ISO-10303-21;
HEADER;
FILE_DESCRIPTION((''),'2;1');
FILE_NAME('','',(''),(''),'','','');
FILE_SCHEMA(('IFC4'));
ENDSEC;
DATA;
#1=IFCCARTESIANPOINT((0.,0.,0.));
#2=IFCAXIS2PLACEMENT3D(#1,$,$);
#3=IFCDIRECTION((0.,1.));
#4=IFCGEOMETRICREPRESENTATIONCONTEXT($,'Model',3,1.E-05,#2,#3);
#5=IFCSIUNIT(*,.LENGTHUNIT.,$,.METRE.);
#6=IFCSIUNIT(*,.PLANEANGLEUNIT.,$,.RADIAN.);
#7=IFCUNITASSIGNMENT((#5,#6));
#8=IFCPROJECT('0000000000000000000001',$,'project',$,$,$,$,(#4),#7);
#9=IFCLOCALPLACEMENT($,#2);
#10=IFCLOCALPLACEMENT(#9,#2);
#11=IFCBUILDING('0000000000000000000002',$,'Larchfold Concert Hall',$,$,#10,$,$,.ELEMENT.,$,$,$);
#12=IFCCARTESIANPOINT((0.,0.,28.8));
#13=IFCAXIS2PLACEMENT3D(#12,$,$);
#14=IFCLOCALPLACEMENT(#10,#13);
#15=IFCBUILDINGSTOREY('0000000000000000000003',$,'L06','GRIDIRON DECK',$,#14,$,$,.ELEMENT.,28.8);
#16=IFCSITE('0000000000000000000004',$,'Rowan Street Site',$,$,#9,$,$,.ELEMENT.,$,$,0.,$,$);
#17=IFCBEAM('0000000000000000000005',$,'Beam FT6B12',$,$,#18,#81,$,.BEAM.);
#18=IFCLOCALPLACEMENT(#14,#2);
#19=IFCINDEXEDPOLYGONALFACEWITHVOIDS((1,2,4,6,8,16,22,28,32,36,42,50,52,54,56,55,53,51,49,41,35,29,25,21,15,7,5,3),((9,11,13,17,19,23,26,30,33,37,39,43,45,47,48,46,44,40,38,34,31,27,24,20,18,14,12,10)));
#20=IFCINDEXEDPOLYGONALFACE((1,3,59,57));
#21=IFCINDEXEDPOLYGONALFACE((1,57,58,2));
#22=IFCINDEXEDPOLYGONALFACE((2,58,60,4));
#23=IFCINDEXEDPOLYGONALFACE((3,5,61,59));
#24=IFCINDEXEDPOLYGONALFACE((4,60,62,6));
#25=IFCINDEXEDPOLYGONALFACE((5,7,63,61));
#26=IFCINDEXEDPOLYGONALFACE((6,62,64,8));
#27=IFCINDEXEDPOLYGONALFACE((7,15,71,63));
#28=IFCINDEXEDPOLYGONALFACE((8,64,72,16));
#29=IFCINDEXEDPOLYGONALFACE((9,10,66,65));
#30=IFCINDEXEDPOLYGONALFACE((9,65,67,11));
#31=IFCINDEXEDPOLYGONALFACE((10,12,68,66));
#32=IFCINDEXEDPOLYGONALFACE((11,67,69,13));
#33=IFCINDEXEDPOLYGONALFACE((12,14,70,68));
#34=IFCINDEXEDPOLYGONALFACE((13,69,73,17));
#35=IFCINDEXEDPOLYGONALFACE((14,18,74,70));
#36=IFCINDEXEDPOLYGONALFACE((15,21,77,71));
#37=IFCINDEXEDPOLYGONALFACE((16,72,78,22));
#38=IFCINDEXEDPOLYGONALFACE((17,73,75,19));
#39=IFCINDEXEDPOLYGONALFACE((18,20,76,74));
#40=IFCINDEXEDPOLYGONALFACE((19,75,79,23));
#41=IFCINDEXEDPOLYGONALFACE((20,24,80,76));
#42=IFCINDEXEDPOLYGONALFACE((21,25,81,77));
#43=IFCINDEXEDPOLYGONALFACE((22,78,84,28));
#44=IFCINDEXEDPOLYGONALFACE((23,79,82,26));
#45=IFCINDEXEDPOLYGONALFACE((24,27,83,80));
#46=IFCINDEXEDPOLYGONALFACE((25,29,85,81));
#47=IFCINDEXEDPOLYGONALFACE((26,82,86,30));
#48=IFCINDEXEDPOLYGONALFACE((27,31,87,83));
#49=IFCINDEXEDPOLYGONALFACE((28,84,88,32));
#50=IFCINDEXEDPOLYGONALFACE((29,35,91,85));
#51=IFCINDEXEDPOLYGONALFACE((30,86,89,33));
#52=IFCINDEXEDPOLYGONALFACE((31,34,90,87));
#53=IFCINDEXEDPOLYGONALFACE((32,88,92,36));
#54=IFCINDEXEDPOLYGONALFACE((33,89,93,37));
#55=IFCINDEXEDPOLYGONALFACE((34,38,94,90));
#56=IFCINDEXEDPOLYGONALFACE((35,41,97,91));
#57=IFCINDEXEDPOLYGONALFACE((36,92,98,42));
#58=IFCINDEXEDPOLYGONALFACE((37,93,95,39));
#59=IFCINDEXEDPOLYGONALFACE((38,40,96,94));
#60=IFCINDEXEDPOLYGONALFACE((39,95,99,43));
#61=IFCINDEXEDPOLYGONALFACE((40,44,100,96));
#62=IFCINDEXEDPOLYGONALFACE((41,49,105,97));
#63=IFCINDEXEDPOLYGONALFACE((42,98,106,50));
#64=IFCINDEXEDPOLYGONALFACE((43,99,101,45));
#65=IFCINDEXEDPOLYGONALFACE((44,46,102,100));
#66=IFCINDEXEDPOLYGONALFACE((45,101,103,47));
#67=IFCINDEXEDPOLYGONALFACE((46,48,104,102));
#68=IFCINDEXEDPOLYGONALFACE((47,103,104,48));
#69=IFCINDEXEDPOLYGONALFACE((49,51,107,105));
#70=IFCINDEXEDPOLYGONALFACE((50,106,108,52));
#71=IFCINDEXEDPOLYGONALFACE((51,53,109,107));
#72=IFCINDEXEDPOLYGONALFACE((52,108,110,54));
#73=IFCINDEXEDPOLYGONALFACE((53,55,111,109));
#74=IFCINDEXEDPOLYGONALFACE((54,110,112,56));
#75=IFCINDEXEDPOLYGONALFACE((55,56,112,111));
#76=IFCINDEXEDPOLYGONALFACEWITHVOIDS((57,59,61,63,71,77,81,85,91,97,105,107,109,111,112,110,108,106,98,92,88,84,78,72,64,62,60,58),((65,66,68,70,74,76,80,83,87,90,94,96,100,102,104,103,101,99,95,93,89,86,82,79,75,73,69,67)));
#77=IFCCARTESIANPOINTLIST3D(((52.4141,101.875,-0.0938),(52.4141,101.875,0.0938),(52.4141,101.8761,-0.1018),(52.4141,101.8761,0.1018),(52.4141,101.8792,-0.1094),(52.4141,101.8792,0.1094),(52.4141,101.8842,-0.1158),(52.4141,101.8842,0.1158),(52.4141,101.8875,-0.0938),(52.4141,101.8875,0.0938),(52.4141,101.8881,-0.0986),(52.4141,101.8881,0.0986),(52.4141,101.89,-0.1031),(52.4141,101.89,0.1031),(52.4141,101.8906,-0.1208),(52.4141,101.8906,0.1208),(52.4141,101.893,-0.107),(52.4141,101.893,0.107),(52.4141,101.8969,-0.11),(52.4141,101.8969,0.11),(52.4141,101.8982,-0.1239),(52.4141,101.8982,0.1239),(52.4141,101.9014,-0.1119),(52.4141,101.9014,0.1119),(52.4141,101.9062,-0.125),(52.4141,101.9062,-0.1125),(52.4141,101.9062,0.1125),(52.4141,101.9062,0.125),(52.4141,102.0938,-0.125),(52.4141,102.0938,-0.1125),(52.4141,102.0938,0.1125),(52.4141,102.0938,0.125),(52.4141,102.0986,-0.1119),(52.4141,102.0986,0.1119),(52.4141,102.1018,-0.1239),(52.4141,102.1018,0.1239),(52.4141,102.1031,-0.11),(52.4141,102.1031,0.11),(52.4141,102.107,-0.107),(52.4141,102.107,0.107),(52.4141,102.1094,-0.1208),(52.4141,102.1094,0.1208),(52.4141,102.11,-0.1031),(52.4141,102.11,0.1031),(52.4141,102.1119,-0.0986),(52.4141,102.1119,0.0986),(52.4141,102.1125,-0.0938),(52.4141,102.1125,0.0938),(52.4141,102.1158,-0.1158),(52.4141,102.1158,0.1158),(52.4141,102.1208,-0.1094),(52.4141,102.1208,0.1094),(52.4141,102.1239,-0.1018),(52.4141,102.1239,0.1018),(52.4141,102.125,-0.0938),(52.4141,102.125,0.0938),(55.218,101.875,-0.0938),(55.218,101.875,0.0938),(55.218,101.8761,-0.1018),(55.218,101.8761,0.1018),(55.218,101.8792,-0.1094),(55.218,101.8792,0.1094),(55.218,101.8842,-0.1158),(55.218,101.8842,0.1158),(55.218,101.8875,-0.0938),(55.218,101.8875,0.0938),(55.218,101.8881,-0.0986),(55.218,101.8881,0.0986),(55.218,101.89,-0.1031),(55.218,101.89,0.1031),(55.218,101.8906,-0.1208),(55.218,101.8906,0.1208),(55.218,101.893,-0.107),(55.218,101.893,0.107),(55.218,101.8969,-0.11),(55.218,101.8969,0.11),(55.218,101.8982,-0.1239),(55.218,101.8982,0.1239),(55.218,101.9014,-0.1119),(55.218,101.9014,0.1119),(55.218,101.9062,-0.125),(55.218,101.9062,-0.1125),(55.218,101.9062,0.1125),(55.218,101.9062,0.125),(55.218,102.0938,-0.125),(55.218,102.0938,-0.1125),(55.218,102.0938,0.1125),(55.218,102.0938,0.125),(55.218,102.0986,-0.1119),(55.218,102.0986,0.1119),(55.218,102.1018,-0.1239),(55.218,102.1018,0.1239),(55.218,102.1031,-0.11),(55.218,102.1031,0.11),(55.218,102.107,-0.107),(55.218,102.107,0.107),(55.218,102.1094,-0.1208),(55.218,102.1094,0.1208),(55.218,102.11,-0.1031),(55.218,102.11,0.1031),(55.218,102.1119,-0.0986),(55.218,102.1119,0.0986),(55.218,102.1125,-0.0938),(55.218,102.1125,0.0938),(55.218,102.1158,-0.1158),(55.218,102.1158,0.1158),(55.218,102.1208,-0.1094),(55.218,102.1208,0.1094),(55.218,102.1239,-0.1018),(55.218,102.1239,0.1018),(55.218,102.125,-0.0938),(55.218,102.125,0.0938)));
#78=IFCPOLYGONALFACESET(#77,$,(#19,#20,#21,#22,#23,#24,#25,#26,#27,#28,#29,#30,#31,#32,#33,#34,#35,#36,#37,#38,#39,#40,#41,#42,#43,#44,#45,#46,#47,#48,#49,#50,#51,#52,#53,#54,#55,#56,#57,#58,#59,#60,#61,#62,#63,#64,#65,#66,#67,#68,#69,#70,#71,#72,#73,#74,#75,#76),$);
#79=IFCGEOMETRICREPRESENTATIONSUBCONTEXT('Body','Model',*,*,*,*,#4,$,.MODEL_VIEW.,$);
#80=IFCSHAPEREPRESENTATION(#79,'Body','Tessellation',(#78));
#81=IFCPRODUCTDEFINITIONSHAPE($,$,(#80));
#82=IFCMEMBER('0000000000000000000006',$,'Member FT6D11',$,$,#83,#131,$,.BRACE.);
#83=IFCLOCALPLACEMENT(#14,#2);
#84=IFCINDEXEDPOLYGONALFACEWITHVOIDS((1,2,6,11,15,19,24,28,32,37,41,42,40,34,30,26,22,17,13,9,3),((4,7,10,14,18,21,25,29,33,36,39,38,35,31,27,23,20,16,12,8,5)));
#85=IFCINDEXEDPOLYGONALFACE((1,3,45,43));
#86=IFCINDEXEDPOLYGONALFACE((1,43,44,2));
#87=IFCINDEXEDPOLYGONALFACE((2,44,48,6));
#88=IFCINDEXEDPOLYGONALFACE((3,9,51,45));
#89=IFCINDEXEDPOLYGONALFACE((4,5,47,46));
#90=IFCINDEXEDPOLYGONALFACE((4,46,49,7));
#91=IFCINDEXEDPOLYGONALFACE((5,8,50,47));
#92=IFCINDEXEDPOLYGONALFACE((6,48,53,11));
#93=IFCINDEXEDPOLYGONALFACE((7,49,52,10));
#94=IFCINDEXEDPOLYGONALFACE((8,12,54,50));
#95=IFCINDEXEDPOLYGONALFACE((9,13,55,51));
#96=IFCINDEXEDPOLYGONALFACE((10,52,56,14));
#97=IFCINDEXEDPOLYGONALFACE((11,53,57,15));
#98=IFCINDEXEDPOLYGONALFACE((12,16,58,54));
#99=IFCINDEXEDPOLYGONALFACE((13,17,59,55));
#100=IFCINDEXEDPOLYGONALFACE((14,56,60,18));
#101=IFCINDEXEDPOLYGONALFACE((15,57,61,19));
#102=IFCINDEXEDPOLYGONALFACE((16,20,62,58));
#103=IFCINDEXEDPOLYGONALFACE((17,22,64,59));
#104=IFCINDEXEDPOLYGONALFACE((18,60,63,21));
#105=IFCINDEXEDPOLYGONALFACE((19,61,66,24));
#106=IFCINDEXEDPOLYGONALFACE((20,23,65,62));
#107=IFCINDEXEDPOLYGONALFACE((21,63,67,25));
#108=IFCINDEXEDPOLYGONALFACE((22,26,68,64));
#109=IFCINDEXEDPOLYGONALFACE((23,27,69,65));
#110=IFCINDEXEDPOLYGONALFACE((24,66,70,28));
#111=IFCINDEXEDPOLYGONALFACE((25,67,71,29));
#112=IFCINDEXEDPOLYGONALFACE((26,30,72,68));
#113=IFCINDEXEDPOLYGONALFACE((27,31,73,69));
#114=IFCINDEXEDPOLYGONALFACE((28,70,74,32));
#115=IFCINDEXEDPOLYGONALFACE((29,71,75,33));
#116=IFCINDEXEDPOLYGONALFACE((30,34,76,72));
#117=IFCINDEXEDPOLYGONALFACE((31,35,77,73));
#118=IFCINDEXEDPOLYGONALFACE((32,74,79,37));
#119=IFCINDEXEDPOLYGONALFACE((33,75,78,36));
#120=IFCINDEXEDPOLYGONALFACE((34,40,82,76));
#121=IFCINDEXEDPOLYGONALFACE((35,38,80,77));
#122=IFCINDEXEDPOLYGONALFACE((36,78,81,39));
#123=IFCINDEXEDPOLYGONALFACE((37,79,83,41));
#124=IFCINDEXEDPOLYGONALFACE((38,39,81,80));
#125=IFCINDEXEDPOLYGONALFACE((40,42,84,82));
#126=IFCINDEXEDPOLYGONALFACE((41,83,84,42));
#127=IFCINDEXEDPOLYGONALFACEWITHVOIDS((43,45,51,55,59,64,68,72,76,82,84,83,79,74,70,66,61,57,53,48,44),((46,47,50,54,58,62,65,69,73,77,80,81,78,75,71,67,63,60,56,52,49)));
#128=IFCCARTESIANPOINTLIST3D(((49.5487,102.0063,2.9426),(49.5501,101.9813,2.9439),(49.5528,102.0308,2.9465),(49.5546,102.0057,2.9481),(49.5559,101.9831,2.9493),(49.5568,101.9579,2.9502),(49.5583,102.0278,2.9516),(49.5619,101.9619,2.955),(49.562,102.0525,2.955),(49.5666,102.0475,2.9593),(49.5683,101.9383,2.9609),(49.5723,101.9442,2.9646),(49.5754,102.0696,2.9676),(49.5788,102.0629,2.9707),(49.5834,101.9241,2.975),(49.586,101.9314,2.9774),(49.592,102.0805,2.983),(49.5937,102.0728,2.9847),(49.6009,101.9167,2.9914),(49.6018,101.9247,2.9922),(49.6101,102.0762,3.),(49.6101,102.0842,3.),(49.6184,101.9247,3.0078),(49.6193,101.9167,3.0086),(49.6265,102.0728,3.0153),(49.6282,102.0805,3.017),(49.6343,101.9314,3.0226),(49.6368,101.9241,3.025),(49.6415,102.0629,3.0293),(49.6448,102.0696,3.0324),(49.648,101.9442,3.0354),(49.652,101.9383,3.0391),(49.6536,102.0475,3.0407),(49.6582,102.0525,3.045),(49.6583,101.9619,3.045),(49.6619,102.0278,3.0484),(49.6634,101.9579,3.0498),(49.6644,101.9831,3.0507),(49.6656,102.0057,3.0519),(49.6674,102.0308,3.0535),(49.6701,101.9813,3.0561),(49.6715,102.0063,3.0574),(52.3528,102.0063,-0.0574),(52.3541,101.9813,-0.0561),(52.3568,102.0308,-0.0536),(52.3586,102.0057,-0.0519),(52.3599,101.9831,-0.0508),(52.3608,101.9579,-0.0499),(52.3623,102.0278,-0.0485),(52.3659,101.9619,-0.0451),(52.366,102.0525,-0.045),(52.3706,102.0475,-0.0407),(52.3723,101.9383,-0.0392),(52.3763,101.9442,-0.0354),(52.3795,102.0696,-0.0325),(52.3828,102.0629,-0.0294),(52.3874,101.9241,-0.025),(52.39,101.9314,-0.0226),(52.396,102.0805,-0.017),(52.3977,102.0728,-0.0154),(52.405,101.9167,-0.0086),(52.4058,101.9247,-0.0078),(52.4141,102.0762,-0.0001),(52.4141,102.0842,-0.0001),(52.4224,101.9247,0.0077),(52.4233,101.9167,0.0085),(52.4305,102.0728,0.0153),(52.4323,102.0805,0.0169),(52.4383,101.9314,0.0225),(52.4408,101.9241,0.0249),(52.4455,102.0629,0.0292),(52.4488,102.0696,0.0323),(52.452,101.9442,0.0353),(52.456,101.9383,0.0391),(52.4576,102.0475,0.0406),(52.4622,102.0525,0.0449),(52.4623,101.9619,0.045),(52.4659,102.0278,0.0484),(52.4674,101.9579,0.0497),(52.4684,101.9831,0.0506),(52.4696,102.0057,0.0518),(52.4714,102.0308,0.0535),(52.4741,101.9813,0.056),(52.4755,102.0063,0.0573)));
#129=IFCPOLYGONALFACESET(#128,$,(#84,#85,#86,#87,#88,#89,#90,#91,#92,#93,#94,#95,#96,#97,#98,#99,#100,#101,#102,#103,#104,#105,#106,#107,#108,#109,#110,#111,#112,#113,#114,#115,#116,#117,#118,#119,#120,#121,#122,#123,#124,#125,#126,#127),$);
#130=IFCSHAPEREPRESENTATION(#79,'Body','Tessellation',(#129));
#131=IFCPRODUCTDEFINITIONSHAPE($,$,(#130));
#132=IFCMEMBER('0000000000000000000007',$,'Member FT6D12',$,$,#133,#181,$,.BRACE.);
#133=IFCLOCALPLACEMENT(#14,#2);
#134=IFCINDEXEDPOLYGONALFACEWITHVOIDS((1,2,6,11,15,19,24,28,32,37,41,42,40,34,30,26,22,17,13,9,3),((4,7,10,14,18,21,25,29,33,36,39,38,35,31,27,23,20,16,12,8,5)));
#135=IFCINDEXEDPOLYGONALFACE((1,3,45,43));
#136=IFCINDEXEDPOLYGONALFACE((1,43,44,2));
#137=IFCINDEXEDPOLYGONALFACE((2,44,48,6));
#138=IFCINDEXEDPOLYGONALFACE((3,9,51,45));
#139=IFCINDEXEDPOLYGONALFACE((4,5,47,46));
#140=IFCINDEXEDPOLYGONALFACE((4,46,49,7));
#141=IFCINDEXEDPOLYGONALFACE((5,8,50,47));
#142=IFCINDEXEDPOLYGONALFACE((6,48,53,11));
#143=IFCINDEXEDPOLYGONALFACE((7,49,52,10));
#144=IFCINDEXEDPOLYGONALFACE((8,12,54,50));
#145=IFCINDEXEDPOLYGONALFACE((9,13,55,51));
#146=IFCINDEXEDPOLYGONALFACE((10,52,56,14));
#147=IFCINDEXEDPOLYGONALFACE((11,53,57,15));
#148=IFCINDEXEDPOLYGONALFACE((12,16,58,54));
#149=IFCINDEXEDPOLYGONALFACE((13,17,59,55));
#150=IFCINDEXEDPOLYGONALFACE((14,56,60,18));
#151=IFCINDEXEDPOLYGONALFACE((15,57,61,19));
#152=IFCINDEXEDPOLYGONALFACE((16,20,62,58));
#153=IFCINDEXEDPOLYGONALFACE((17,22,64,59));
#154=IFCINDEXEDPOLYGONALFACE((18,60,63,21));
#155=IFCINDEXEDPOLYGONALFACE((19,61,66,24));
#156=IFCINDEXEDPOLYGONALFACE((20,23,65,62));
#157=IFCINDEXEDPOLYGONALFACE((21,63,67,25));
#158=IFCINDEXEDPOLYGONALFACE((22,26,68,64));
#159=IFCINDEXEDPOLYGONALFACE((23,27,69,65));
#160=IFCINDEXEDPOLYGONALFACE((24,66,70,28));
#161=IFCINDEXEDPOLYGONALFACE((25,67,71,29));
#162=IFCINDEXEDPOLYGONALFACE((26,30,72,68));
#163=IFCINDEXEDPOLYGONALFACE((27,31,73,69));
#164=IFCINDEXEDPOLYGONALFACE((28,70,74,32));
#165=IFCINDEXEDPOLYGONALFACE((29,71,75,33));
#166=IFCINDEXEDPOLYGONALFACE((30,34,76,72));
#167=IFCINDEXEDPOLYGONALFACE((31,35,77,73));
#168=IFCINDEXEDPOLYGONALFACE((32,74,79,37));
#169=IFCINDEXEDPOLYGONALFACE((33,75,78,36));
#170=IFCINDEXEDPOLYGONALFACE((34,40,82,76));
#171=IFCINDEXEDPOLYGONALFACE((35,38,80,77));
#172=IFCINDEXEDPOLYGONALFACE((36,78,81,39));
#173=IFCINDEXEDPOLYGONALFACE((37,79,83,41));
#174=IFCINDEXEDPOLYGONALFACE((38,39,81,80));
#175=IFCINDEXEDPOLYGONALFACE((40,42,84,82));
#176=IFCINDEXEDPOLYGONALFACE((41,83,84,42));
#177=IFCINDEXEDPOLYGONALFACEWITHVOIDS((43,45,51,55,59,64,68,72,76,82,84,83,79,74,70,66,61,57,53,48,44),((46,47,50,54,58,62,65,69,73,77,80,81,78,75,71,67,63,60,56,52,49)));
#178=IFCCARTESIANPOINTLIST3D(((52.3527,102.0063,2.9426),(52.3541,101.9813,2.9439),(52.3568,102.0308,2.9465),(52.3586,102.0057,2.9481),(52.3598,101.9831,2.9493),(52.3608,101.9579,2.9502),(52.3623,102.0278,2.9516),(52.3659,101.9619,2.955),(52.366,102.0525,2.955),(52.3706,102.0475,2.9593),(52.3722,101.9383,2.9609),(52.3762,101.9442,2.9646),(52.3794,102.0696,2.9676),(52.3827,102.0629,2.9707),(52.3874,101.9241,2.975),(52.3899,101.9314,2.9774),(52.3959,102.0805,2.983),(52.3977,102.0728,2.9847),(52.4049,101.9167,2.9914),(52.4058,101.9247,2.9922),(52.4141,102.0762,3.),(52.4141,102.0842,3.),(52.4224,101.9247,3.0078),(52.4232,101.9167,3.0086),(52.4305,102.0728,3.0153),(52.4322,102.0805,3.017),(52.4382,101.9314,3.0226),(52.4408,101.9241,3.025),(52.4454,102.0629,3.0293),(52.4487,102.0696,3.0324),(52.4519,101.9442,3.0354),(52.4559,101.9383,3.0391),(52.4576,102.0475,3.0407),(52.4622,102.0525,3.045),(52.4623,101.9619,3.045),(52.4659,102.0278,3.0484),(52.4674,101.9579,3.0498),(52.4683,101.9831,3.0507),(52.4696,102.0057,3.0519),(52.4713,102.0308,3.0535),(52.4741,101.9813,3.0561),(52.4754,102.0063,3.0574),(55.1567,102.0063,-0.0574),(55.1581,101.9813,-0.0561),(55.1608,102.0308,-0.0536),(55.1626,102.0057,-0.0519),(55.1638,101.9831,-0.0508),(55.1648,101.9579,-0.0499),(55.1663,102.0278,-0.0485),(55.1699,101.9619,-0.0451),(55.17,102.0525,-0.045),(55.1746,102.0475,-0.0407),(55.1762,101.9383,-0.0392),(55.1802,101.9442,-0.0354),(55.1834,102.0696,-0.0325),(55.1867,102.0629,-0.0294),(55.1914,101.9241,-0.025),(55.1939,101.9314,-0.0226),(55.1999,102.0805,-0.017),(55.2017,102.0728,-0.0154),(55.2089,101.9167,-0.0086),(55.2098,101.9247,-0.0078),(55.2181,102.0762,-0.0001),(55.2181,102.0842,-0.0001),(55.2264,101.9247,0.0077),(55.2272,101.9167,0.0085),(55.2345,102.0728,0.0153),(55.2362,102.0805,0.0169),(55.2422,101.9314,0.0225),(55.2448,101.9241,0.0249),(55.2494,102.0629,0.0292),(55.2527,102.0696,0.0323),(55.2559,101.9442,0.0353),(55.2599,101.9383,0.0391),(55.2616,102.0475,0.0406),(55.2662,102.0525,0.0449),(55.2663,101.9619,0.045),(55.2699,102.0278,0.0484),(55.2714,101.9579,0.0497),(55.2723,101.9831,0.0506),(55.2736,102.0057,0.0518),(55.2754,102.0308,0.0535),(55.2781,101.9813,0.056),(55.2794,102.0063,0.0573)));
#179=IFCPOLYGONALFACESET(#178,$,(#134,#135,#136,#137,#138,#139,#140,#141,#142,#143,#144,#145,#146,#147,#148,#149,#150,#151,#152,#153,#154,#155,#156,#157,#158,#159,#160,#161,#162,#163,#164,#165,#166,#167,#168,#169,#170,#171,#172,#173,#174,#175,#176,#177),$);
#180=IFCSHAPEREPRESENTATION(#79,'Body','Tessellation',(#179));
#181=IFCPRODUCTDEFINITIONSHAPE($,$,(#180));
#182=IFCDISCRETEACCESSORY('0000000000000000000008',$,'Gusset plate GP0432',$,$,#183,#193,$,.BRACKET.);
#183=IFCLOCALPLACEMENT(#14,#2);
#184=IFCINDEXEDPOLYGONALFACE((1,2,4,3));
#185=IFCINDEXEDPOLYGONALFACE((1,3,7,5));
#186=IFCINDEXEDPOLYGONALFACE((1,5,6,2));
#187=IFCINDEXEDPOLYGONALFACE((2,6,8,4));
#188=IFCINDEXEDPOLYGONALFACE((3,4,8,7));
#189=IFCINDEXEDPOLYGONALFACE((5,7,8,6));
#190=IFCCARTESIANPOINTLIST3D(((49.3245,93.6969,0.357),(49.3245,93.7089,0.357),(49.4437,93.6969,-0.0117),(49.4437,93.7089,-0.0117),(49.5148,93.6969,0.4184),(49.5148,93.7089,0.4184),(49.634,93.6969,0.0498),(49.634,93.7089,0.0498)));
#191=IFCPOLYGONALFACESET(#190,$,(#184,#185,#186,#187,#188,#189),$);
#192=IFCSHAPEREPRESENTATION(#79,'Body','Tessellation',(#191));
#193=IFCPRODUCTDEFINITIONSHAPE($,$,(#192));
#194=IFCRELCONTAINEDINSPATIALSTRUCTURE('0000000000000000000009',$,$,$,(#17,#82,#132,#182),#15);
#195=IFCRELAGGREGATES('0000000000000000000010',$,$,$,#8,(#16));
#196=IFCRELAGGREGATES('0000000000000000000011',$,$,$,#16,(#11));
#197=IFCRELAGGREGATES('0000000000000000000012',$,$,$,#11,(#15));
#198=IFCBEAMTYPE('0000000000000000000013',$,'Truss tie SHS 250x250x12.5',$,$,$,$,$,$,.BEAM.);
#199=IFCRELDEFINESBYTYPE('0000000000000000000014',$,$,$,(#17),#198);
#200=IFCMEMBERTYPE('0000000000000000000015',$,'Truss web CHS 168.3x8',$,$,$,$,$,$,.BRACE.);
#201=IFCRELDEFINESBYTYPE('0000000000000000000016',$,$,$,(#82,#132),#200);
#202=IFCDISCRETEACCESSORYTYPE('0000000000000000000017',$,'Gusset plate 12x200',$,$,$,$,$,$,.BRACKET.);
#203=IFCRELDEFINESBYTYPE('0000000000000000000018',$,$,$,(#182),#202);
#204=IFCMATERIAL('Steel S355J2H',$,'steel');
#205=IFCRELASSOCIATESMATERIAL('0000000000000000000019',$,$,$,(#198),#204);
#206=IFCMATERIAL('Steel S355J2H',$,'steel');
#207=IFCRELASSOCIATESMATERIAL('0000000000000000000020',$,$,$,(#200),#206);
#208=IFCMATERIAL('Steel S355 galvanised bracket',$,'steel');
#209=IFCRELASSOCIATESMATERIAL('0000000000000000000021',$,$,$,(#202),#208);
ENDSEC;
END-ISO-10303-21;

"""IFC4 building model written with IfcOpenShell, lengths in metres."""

from ifc_helpers import new_model, si_unit, direction, frame, origin, origin_2d, place, context, subcontext, project, spatial, rectangle, hollow_rectangle, hollow_circle, extrude, material, material_profile, profile_set, type_object, element, save


model = new_model("IFC4")

# Units and contexts
model_context = context("Model", 3, precision=1e-05, world=origin(), true_north=direction((0.0, 1.0)))
body_context = subcontext(model_context, "Body", "Model", "MODEL_VIEW")
ifc_project = project(units=[si_unit("LENGTHUNIT", "METRE"), si_unit("PLANEANGLEUNIT", "RADIAN")], contexts=[model_context])

# Site, building, storey
site_placement = place(None, origin())
site = spatial("IfcSite", under=ifc_project, at=site_placement, Name="Rowan Street Site", CompositionType="ELEMENT", RefElevation=0.0)
building_placement = place(site_placement, origin())
building = spatial("IfcBuilding", under=site, at=building_placement, Name="Larchfold Concert Hall", CompositionType="ELEMENT")
storey_placement = place(building_placement, frame((0.0, 0.0, 28.8)))
storey = spatial("IfcBuildingStorey", under=building, at=storey_placement, Name="L06", Description="GRIDIRON DECK", CompositionType="ELEMENT", Elevation=28.8)

# Beam
ifc_material_1 = material(Name="Steel S355J2H", Category="steel")
ifc_material_profile_1 = material_profile(ifc_material_1, hollow_rectangle(XDim=0.25, YDim=0.25, WallThickness=0.0125, InnerFilletRadius=0.0188, OuterFilletRadius=0.0312, at=origin_2d()))
ifc_profile_set_1 = profile_set([ifc_material_profile_1], Name="Steel S355J2H")
beam_type_1 = type_object("IfcBeamType", Name="Truss tie SHS 250x250x12.5", PredefinedType="BEAM", material=ifc_profile_set_1)
for number, where, z_axis, x_axis, name in (
    (1, (52.4141, 102.0, 0.0), (1.0, 0.0, 0.0), (0.0, 1.0, 0.0), "Beam FT6B12"),
):
    element("IfcBeam", number, at=place(storey_placement, frame(where, z_axis=z_axis, x_axis=x_axis)), inside=storey, type_object=beam_type_1, Name=name, PredefinedType="BEAM", context=body_context, shape_type="SweptSolid", body=[
        extrude(hollow_rectangle(XDim=0.25, YDim=0.25, WallThickness=0.0125, InnerFilletRadius=0.0188, OuterFilletRadius=0.0312, at=origin_2d()), origin(), (0.0, 0.0, 1.0), 2.804),
    ])

# Members
ifc_material_2 = material(Name="Steel S355J2H", Category="steel")
ifc_material_profile_2 = material_profile(ifc_material_2, hollow_circle(Radius=0.0842, WallThickness=0.0081, at=origin_2d()))
ifc_profile_set_2 = profile_set([ifc_material_profile_2], Name="Steel S355J2H")
member_type_1 = type_object("IfcMemberType", Name="Truss web CHS 168.3x8", PredefinedType="BRACE", material=ifc_profile_set_2)
for number, where, z_axis, x_axis, name in (
    (2, (49.6101, 102.0, 3.0), (0.682833, 0.0, -0.730575), (0.0, 1.0, 0.0), "Member FT6D11"),
    (3, (52.4141, 102.0, 3.0), (0.682833, 0.0, -0.730575), (0.0, 1.0, 0.0), "Member FT6D12"),
):
    element("IfcMember", number, at=place(storey_placement, frame(where, z_axis=z_axis, x_axis=x_axis)), inside=storey, type_object=member_type_1, Name=name, PredefinedType="BRACE", context=body_context, shape_type="SweptSolid", body=[
        extrude(hollow_circle(Radius=0.0842, WallThickness=0.0081, at=origin_2d()), origin(), (0.0, 0.0, 1.0), 4.1064),
    ])

# Discrete accessory
ifc_material_3 = material(Name="Steel S355 galvanised bracket", Category="steel")
ifc_material_profile_3 = material_profile(ifc_material_3, rectangle(XDim=0.012, YDim=0.2, at=origin_2d()))
ifc_profile_set_3 = profile_set([ifc_material_profile_3], Name="Steel S355 galvanised bracket")
discrete_accessory_type = type_object("IfcDiscreteAccessoryType", Name="Gusset plate 12x200", PredefinedType="BRACKET", material=ifc_profile_set_3)
for number, where, z_axis, x_axis, name in (
    (4, (49.4197, 93.7029, 0.3877), (0.307518, 0.0, -0.951542), (0.0, 1.0, 0.0), "Gusset plate GP0432"),
):
    element("IfcDiscreteAccessory", number, at=place(storey_placement, frame(where, z_axis=z_axis, x_axis=x_axis)), inside=storey, type_object=discrete_accessory_type, Name=name, PredefinedType="BRACKET", context=body_context, shape_type="SweptSolid", body=[
        extrude(rectangle(XDim=0.012, YDim=0.2, at=origin_2d()), origin(), (0.0, 0.0, 1.0), 0.3875),
    ])

save(model, "model.ifc")
